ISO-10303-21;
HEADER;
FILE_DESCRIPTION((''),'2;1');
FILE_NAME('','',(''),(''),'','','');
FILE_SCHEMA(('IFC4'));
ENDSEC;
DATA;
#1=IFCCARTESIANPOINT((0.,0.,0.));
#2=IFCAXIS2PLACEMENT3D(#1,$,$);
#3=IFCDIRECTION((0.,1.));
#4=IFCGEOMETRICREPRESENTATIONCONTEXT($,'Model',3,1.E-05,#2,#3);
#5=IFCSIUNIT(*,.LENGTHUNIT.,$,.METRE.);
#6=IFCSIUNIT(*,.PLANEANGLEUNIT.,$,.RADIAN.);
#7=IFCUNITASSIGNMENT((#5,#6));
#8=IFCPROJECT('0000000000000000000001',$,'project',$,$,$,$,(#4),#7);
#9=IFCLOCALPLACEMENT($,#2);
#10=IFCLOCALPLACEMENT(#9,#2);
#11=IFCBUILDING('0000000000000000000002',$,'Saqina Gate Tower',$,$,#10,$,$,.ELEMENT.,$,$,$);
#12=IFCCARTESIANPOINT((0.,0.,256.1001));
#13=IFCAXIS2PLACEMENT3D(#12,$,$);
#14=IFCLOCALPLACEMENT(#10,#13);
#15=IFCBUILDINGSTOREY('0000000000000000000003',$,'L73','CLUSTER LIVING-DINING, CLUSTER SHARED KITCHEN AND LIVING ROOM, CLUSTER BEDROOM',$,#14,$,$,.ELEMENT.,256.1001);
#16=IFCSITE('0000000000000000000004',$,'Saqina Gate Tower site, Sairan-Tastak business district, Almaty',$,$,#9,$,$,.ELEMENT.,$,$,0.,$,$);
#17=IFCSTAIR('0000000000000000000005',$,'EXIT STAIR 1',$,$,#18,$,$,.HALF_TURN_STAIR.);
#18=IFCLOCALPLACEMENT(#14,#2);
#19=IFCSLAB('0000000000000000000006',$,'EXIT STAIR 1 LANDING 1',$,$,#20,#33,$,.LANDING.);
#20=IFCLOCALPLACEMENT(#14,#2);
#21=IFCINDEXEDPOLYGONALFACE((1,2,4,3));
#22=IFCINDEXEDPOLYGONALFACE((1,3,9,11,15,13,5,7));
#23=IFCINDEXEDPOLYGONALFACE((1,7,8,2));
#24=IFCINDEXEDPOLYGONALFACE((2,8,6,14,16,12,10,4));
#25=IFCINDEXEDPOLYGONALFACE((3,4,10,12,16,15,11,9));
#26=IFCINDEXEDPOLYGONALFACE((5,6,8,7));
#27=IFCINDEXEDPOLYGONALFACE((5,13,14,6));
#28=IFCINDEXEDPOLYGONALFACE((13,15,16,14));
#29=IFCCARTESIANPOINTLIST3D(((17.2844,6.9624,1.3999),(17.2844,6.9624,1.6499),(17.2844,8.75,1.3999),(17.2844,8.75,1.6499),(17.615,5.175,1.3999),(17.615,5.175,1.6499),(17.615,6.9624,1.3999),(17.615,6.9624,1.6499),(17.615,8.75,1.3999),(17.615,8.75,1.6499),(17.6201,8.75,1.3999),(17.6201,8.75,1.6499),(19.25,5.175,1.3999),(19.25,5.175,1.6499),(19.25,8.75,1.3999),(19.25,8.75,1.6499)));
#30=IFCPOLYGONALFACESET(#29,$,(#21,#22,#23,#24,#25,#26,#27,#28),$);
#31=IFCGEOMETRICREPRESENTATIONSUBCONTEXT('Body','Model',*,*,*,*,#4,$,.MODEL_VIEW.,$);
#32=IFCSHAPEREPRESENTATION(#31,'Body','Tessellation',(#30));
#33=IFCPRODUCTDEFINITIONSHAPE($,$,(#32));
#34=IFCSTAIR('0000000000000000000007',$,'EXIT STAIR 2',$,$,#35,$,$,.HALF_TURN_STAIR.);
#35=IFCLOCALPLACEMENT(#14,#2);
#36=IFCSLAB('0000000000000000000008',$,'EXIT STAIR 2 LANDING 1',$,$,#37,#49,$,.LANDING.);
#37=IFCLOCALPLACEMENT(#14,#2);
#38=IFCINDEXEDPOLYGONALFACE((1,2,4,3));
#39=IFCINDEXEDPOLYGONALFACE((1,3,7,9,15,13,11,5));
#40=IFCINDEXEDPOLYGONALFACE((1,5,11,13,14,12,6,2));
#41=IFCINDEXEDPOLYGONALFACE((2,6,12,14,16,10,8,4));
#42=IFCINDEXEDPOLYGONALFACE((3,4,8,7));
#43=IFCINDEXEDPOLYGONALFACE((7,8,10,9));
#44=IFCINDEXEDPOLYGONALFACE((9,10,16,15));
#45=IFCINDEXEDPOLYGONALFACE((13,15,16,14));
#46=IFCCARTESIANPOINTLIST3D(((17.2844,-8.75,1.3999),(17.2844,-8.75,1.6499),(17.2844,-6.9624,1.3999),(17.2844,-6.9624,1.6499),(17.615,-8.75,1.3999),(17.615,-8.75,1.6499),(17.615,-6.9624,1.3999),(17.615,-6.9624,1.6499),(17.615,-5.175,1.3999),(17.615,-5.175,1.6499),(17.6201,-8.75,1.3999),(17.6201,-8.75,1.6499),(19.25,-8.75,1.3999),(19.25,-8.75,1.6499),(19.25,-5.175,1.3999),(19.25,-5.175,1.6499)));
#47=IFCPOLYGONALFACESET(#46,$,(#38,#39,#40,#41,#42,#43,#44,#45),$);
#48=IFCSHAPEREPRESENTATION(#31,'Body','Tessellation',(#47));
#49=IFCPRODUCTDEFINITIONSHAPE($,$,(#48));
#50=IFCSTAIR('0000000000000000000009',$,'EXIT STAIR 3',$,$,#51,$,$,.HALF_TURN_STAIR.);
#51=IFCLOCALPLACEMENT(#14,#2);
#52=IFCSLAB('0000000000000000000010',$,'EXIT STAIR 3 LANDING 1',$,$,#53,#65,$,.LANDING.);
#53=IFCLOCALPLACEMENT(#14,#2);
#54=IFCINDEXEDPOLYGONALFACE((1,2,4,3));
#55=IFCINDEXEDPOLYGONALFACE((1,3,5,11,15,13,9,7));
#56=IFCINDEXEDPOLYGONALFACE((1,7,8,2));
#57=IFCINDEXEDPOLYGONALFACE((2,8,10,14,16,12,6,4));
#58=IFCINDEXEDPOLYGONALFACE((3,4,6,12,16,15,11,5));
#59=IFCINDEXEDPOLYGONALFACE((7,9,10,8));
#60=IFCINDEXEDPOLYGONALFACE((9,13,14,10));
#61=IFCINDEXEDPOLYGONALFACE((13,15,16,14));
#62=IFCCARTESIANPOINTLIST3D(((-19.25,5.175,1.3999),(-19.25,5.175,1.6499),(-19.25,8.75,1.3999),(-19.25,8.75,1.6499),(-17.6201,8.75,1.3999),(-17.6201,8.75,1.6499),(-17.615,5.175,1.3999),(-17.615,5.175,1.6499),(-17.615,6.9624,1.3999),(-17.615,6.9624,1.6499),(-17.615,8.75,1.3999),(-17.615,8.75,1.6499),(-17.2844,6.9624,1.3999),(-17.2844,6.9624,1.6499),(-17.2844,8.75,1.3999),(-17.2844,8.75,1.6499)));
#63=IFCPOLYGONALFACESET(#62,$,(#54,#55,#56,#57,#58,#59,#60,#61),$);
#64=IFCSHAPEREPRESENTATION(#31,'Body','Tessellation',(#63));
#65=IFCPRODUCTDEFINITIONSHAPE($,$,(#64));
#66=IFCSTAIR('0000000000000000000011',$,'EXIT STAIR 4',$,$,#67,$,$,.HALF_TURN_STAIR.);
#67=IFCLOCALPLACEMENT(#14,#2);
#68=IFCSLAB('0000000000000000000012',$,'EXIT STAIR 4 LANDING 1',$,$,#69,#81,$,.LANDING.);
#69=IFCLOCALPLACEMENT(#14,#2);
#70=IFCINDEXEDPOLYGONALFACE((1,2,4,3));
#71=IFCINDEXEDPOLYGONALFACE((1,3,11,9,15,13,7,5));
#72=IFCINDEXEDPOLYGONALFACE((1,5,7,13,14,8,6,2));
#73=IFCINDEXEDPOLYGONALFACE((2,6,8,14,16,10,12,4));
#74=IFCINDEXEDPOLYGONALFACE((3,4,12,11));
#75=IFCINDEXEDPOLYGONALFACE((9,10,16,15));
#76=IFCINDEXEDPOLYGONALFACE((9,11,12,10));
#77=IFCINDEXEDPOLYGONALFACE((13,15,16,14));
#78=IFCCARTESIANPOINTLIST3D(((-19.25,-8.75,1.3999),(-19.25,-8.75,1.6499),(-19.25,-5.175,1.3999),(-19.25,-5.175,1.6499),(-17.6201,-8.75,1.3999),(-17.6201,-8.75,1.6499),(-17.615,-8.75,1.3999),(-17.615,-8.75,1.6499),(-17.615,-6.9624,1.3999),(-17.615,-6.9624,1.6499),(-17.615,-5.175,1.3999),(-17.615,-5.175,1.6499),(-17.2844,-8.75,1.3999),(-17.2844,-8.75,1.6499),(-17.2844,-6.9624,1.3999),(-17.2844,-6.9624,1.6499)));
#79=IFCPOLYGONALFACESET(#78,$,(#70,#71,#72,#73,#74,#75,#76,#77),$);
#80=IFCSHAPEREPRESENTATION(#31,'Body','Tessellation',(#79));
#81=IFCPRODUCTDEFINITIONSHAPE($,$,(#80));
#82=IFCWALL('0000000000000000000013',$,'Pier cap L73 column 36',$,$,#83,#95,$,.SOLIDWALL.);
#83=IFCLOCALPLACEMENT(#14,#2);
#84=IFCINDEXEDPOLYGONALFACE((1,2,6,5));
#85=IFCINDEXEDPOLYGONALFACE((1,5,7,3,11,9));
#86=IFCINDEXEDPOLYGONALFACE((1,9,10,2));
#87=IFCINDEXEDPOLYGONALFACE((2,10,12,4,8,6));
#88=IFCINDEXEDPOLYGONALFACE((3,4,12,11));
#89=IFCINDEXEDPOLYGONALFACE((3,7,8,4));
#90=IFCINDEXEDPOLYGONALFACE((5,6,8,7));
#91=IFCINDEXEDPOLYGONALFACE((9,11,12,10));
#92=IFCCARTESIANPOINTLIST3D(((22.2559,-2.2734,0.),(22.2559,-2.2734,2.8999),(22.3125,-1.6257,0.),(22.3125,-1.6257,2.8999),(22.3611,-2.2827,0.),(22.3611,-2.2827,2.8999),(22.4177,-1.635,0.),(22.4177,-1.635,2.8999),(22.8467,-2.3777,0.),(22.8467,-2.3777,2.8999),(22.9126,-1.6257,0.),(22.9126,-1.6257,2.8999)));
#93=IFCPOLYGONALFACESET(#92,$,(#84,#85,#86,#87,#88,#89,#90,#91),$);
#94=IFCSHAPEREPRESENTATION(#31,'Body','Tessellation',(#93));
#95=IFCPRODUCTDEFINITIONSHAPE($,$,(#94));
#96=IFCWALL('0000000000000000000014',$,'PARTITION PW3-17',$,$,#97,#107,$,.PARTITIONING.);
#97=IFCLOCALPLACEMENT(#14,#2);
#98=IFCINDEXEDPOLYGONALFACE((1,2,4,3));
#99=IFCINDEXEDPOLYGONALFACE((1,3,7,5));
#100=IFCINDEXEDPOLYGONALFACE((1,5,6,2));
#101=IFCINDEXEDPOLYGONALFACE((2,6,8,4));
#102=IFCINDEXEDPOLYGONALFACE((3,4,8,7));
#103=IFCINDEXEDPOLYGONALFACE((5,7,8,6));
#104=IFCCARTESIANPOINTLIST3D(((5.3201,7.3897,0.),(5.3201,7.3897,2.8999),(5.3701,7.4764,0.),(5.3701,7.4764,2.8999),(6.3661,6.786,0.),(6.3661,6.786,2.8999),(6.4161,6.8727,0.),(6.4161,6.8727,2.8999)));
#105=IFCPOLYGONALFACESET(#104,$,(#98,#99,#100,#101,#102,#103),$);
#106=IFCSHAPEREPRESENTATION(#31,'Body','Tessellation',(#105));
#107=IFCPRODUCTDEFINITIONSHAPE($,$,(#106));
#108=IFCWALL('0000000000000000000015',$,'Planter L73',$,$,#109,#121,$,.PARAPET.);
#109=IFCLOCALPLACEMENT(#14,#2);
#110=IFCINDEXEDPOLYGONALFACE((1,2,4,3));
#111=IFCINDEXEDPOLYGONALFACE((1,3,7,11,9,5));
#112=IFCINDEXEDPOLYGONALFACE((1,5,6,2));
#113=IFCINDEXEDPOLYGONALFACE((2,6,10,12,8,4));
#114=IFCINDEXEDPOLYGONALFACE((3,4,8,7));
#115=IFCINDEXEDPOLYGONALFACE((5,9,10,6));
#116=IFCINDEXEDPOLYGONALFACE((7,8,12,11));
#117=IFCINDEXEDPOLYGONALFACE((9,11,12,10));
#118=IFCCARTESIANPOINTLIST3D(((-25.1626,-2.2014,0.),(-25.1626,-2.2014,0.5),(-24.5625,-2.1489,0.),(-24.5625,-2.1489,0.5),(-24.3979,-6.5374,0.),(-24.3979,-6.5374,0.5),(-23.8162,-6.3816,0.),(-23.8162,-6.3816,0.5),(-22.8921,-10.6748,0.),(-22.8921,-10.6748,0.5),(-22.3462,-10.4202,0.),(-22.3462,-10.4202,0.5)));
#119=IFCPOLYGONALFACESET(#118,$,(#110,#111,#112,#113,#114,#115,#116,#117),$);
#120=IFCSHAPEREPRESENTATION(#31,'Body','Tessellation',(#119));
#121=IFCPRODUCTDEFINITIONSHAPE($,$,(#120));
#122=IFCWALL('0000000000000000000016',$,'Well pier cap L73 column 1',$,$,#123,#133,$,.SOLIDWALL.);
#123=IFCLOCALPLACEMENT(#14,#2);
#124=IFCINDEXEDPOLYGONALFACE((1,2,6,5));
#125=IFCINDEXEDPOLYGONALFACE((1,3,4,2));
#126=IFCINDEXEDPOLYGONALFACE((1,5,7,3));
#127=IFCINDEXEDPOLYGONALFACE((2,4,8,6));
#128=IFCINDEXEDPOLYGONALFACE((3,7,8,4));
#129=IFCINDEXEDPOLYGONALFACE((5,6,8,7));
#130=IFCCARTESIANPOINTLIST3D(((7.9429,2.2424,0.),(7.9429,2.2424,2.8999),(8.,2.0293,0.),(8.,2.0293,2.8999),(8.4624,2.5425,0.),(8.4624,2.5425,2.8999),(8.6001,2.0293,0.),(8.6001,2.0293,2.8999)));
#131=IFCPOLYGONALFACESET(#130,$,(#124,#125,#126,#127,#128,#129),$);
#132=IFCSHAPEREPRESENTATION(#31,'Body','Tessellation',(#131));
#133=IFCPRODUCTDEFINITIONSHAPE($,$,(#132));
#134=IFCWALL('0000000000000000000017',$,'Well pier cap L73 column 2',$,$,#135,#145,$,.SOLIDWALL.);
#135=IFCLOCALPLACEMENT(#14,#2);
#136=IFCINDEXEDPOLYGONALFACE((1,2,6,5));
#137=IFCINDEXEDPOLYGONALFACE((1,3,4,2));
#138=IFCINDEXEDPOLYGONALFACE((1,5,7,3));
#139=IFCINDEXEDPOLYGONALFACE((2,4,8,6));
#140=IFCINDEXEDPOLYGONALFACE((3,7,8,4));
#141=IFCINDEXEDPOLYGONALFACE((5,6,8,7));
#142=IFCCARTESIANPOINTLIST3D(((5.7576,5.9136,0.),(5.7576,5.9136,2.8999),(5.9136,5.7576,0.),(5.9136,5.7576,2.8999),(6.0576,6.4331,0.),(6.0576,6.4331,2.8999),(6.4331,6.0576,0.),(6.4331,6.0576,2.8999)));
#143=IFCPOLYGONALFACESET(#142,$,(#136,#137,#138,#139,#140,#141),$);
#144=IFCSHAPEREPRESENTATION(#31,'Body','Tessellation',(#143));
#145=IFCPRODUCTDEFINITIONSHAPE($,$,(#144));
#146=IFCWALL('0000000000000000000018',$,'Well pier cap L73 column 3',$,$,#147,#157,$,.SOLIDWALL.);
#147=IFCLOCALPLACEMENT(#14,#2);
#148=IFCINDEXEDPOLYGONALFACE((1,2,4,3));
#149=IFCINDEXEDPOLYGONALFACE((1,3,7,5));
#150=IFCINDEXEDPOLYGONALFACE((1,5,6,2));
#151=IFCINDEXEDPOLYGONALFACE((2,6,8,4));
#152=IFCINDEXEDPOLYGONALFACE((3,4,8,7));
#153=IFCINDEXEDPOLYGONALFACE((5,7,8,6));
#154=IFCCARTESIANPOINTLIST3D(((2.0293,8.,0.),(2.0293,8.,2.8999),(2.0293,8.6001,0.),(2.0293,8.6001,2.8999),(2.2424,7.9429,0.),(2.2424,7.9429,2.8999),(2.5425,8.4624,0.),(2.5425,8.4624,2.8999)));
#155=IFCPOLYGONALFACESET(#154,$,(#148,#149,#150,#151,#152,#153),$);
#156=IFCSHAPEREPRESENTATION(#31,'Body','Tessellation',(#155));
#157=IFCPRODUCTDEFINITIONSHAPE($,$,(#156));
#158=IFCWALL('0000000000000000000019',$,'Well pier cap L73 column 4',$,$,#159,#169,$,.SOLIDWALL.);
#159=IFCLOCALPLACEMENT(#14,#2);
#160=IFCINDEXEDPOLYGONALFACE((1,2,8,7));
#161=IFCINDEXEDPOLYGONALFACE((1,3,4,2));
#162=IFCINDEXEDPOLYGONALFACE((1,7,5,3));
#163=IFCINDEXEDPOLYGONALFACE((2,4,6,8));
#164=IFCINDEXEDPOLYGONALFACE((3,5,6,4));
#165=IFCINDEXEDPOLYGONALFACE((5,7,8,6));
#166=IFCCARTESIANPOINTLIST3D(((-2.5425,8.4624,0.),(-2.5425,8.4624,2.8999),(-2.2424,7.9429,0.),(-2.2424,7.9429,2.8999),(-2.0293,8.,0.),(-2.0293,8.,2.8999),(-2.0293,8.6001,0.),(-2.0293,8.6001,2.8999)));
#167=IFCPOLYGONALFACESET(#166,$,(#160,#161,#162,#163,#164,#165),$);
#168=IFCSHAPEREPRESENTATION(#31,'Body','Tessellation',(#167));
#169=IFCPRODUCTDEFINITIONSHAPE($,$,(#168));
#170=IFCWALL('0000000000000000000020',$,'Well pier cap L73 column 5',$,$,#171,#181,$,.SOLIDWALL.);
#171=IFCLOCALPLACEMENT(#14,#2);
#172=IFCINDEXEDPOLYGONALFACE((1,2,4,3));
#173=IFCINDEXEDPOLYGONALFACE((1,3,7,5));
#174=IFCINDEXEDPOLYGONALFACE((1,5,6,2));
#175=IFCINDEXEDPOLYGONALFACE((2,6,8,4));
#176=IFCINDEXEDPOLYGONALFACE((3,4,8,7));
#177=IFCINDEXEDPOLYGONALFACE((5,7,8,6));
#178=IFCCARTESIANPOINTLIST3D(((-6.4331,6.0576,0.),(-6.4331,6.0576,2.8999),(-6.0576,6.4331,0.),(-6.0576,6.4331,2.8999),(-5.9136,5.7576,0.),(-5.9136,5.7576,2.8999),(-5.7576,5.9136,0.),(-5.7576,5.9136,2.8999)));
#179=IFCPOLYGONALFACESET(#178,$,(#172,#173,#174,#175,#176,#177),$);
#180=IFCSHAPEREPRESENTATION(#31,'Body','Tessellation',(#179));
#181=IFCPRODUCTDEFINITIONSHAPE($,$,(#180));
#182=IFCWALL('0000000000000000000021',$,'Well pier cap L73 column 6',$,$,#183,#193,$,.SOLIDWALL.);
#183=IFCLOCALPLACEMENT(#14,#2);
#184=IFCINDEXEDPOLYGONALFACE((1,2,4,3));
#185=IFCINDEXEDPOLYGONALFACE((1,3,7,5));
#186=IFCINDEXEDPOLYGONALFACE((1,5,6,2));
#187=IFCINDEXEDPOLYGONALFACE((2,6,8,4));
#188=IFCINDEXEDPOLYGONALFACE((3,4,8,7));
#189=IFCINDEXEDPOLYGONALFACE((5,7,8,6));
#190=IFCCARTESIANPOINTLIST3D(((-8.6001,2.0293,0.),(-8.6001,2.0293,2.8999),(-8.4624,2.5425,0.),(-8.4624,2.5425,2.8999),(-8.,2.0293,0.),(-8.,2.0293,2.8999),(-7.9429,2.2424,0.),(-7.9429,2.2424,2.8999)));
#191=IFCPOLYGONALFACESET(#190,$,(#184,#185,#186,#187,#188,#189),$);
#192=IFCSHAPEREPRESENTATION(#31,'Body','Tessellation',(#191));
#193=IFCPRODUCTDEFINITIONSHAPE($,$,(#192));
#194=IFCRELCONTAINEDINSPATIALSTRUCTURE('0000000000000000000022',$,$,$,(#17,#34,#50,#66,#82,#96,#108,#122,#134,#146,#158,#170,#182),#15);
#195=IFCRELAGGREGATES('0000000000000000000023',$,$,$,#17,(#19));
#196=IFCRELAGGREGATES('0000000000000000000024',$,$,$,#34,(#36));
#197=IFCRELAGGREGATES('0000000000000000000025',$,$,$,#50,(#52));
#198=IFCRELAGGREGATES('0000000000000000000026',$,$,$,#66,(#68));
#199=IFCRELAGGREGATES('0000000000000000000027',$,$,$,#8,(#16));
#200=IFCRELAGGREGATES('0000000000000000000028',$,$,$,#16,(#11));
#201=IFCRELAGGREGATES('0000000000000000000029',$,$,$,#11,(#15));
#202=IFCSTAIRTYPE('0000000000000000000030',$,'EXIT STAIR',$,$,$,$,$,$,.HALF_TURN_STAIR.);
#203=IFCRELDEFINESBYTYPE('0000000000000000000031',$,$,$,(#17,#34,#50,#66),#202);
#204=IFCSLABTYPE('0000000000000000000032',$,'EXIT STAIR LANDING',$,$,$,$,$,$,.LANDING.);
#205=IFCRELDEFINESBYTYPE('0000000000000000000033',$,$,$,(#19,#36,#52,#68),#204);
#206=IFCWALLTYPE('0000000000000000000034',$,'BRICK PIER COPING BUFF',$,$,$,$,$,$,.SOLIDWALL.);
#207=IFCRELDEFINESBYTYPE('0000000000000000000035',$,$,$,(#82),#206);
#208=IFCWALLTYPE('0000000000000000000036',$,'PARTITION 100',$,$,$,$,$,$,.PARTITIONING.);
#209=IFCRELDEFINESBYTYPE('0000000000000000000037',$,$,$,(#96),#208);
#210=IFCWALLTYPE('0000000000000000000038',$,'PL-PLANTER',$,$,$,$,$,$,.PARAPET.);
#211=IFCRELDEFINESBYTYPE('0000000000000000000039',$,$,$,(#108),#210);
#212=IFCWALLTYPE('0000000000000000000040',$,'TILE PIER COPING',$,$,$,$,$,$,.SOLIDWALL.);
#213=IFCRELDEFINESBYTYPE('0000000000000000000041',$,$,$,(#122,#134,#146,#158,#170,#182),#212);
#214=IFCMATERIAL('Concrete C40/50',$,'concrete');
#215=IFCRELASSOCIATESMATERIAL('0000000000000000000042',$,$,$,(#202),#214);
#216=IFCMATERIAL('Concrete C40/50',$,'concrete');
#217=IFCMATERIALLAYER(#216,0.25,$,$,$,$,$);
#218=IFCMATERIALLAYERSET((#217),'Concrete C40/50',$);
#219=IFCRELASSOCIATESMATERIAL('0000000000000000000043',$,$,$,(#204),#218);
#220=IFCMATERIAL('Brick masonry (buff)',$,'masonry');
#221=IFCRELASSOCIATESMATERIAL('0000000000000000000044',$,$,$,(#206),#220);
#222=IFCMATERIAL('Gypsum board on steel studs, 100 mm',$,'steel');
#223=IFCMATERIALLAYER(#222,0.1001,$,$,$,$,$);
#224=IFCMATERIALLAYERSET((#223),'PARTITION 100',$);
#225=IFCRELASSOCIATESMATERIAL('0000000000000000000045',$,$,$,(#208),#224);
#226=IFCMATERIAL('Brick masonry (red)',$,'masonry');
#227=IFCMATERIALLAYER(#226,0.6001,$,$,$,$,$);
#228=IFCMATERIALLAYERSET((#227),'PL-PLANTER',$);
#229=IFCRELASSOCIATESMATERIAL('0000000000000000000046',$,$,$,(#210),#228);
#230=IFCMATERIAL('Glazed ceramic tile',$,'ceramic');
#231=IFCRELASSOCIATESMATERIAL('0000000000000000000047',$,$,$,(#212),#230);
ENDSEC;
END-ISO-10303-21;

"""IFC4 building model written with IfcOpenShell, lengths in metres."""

from ifc_helpers import new_model, si_unit, direction, frame, frame_2d, origin, place, context, subcontext, project, spatial, polyline, rectangle, outline, extrude, material, layer, layer_set, type_object, element, aggregate, save


model = new_model("IFC4")

# Units and contexts
model_context = context("Model", 3, precision=1e-05, world=origin(), true_north=direction((0.0, 1.0)))
body_context = subcontext(model_context, "Body", "Model", "MODEL_VIEW")
ifc_project = project(units=[si_unit("LENGTHUNIT", "METRE"), si_unit("PLANEANGLEUNIT", "RADIAN")], contexts=[model_context])

# Site, building, storey
site_placement = place(None, origin())
site = spatial("IfcSite", under=ifc_project, at=site_placement, Name="Saqina Gate Tower site, Sairan-Tastak business district, Almaty", CompositionType="ELEMENT", RefElevation=0.0)
building_placement = place(site_placement, origin())
building = spatial("IfcBuilding", under=site, at=building_placement, Name="Saqina Gate Tower", CompositionType="ELEMENT")
storey_placement = place(building_placement, frame((0.0, 0.0, 256.1001)))
storey = spatial("IfcBuildingStorey", under=building, at=storey_placement, Name="L73", Description="CLUSTER LIVING-DINING, CLUSTER SHARED KITCHEN AND LIVING ROOM, CLUSTER BEDROOM", CompositionType="ELEMENT", Elevation=256.1001)

# Stairs, slabs
ifc_material_1 = material(Name="Concrete C40/50", Category="concrete")
stair_type = type_object("IfcStairType", Name="EXIT STAIR", PredefinedType="HALF_TURN_STAIR", material=ifc_material_1)
stair_1_placement = place(storey_placement, origin())
stair_1 = element("IfcStair", 1, at=stair_1_placement, inside=storey, type_object=stair_type, Name="EXIT STAIR 1", PredefinedType="HALF_TURN_STAIR")
ifc_material_2 = material(Name="Concrete C40/50", Category="concrete")
ifc_layer_1 = layer(ifc_material_2, 0.25)
ifc_layer_set_1 = layer_set([ifc_layer_1], Name="Concrete C40/50")
slab_type = type_object("IfcSlabType", Name="EXIT STAIR LANDING", PredefinedType="LANDING", material=ifc_layer_set_1)
slab_1_placement = place(storey_placement, frame((0.0, 0.0, 1.3999)))
slab_1 = element("IfcSlab", 2, at=slab_1_placement, type_object=slab_type, Name="EXIT STAIR 1 LANDING 1", PredefinedType="LANDING", context=body_context, shape_type="SweptSolid", body=[
    extrude(outline(polyline([(19.25, 8.75), (19.25, 5.175), (17.615, 5.175), (17.615, 6.9624), (17.2844, 6.9624), (17.2844, 8.75), (17.615, 8.75), (17.6201, 8.75), (19.25, 8.75)])), origin(), (0.0, 0.0, 1.0), 0.25),
])
aggregate(stair_1, [slab_1])
stair_2_placement = place(storey_placement, origin())
stair_2 = element("IfcStair", 3, at=stair_2_placement, inside=storey, type_object=stair_type, Name="EXIT STAIR 2", PredefinedType="HALF_TURN_STAIR")
slab_2_placement = place(storey_placement, frame((0.0, 0.0, 1.3999)))
slab_2 = element("IfcSlab", 4, at=slab_2_placement, type_object=slab_type, Name="EXIT STAIR 2 LANDING 1", PredefinedType="LANDING", context=body_context, shape_type="SweptSolid", body=[
    extrude(outline(polyline([(17.2844, -8.75), (17.2844, -6.9624), (17.615, -6.9624), (17.615, -5.175), (19.25, -5.175), (19.25, -8.75), (17.6201, -8.75), (17.615, -8.75), (17.2844, -8.75)])), origin(), (0.0, 0.0, 1.0), 0.25),
])
aggregate(stair_2, [slab_2])
stair_3_placement = place(storey_placement, origin())
stair_3 = element("IfcStair", 5, at=stair_3_placement, inside=storey, type_object=stair_type, Name="EXIT STAIR 3", PredefinedType="HALF_TURN_STAIR")
slab_3_placement = place(storey_placement, frame((0.0, 0.0, 1.3999)))
slab_3 = element("IfcSlab", 6, at=slab_3_placement, type_object=slab_type, Name="EXIT STAIR 3 LANDING 1", PredefinedType="LANDING", context=body_context, shape_type="SweptSolid", body=[
    extrude(outline(polyline([(-17.615, 5.175), (-19.25, 5.175), (-19.25, 8.75), (-17.6201, 8.75), (-17.615, 8.75), (-17.2844, 8.75), (-17.2844, 6.9624), (-17.615, 6.9624), (-17.615, 5.175)])), origin(), (0.0, 0.0, 1.0), 0.25),
])
aggregate(stair_3, [slab_3])
stair_4_placement = place(storey_placement, origin())
stair_4 = element("IfcStair", 7, at=stair_4_placement, inside=storey, type_object=stair_type, Name="EXIT STAIR 4", PredefinedType="HALF_TURN_STAIR")
slab_4_placement = place(storey_placement, frame((0.0, 0.0, 1.3999)))
slab_4 = element("IfcSlab", 8, at=slab_4_placement, type_object=slab_type, Name="EXIT STAIR 4 LANDING 1", PredefinedType="LANDING", context=body_context, shape_type="SweptSolid", body=[
    extrude(outline(polyline([(-17.2844, -6.9624), (-17.2844, -8.75), (-17.615, -8.75), (-17.6201, -8.75), (-19.25, -8.75), (-19.25, -5.175), (-17.615, -5.175), (-17.615, -6.9624), (-17.2844, -6.9624)])), origin(), (0.0, 0.0, 1.0), 0.25),
])
aggregate(stair_4, [slab_4])

# Walls
ifc_material_3 = material(Name="Brick masonry (buff)", Category="masonry")
wall_type_1 = type_object("IfcWallType", Name="BRICK PIER COPING BUFF", PredefinedType="SOLIDWALL", material=ifc_material_3)
wall_1_placement = place(storey_placement, origin())
element("IfcWall", 9, at=wall_1_placement, inside=storey, type_object=wall_type_1, Name="Pier cap L73 column 36", PredefinedType="SOLIDWALL", context=body_context, shape_type="SweptSolid", body=[
    extrude(outline(polyline([(22.8467, -2.3777), (22.9126, -1.6257), (22.3125, -1.6257), (22.4177, -1.635), (22.3611, -2.2827), (22.2559, -2.2734), (22.8467, -2.3777)])), origin(), (0.0, 0.0, 1.0), 2.8999),
])
ifc_material_4 = material(Name="Gypsum board on steel studs, 100 mm", Category="steel")
ifc_layer_2 = layer(ifc_material_4, 0.1001)
ifc_layer_set_2 = layer_set([ifc_layer_2], Name="PARTITION 100")
wall_type_2 = type_object("IfcWallType", Name="PARTITION 100", PredefinedType="PARTITIONING", material=ifc_layer_set_2)
wall_2_placement = place(storey_placement, frame((5.345, 7.4331, 0.0), z_axis=(0.0, 0.0, 1.0), x_axis=(0.866108, -0.499857, 0.0)))
element("IfcWall", 10, at=wall_2_placement, inside=storey, type_object=wall_type_2, Name="PARTITION PW3-17", PredefinedType="PARTITIONING", context=body_context, shape_type="SweptSolid", body=[
    extrude(rectangle(XDim=1.2078, YDim=0.1001, at=frame_2d((0.604, 0.0))), origin(), (0.0, 0.0, 1.0), 2.8999),
])
ifc_material_5 = material(Name="Brick masonry (red)", Category="masonry")
ifc_layer_3 = layer(ifc_material_5, 0.6001)
ifc_layer_set_3 = layer_set([ifc_layer_3], Name="PL-PLANTER")
wall_type_3 = type_object("IfcWallType", Name="PL-PLANTER", PredefinedType="PARAPET", material=ifc_layer_set_3)
wall_3_placement = place(storey_placement, origin())
element("IfcWall", 11, at=wall_3_placement, inside=storey, type_object=wall_type_3, Name="Planter L73", PredefinedType="PARAPET", context=body_context, shape_type="SweptSolid", body=[
    extrude(outline(polyline([(-25.1626, -2.2014), (-24.3979, -6.5374), (-22.8921, -10.6748), (-22.3462, -10.4202), (-23.8162, -6.3816), (-24.5625, -2.1489), (-25.1626, -2.2014)])), origin(), (0.0, 0.0, 1.0), 0.5),
])
ifc_material_6 = material(Name="Glazed ceramic tile", Category="ceramic")
wall_type_4 = type_object("IfcWallType", Name="TILE PIER COPING", PredefinedType="SOLIDWALL", material=ifc_material_6)
wall_4_placement = place(storey_placement, origin())
element("IfcWall", 12, at=wall_4_placement, inside=storey, type_object=wall_type_4, Name="Well pier cap L73 column 1", PredefinedType="SOLIDWALL", context=body_context, shape_type="SweptSolid", body=[
    extrude(outline(polyline([(8.4624, 2.5425), (7.9429, 2.2424), (8.0, 2.0293), (8.6001, 2.0293), (8.4624, 2.5425)])), origin(), (0.0, 0.0, 1.0), 2.8999),
])
wall_5_placement = place(storey_placement, origin())
element("IfcWall", 13, at=wall_5_placement, inside=storey, type_object=wall_type_4, Name="Well pier cap L73 column 2", PredefinedType="SOLIDWALL", context=body_context, shape_type="SweptSolid", body=[
    extrude(outline(polyline([(6.0576, 6.4331), (5.7576, 5.9136), (5.9136, 5.7576), (6.4331, 6.0576), (6.0576, 6.4331)])), origin(), (0.0, 0.0, 1.0), 2.8999),
])
wall_6_placement = place(storey_placement, origin())
element("IfcWall", 14, at=wall_6_placement, inside=storey, type_object=wall_type_4, Name="Well pier cap L73 column 3", PredefinedType="SOLIDWALL", context=body_context, shape_type="SweptSolid", body=[
    extrude(outline(polyline([(2.0293, 8.6001), (2.0293, 8.0), (2.2424, 7.9429), (2.5425, 8.4624), (2.0293, 8.6001)])), origin(), (0.0, 0.0, 1.0), 2.8999),
])
wall_7_placement = place(storey_placement, origin())
element("IfcWall", 15, at=wall_7_placement, inside=storey, type_object=wall_type_4, Name="Well pier cap L73 column 4", PredefinedType="SOLIDWALL", context=body_context, shape_type="SweptSolid", body=[
    extrude(outline(polyline([(-2.5425, 8.4624), (-2.2424, 7.9429), (-2.0293, 8.0), (-2.0293, 8.6001), (-2.5425, 8.4624)])), origin(), (0.0, 0.0, 1.0), 2.8999),
])
wall_8_placement = place(storey_placement, origin())
element("IfcWall", 16, at=wall_8_placement, inside=storey, type_object=wall_type_4, Name="Well pier cap L73 column 5", PredefinedType="SOLIDWALL", context=body_context, shape_type="SweptSolid", body=[
    extrude(outline(polyline([(-6.4331, 6.0576), (-5.9136, 5.7576), (-5.7576, 5.9136), (-6.0576, 6.4331), (-6.4331, 6.0576)])), origin(), (0.0, 0.0, 1.0), 2.8999),
])
wall_9_placement = place(storey_placement, origin())
element("IfcWall", 17, at=wall_9_placement, inside=storey, type_object=wall_type_4, Name="Well pier cap L73 column 6", PredefinedType="SOLIDWALL", context=body_context, shape_type="SweptSolid", body=[
    extrude(outline(polyline([(-8.6001, 2.0293), (-8.0, 2.0293), (-7.9429, 2.2424), (-8.4624, 2.5425), (-8.6001, 2.0293)])), origin(), (0.0, 0.0, 1.0), 2.8999),
])

save(model, "model.ifc")
